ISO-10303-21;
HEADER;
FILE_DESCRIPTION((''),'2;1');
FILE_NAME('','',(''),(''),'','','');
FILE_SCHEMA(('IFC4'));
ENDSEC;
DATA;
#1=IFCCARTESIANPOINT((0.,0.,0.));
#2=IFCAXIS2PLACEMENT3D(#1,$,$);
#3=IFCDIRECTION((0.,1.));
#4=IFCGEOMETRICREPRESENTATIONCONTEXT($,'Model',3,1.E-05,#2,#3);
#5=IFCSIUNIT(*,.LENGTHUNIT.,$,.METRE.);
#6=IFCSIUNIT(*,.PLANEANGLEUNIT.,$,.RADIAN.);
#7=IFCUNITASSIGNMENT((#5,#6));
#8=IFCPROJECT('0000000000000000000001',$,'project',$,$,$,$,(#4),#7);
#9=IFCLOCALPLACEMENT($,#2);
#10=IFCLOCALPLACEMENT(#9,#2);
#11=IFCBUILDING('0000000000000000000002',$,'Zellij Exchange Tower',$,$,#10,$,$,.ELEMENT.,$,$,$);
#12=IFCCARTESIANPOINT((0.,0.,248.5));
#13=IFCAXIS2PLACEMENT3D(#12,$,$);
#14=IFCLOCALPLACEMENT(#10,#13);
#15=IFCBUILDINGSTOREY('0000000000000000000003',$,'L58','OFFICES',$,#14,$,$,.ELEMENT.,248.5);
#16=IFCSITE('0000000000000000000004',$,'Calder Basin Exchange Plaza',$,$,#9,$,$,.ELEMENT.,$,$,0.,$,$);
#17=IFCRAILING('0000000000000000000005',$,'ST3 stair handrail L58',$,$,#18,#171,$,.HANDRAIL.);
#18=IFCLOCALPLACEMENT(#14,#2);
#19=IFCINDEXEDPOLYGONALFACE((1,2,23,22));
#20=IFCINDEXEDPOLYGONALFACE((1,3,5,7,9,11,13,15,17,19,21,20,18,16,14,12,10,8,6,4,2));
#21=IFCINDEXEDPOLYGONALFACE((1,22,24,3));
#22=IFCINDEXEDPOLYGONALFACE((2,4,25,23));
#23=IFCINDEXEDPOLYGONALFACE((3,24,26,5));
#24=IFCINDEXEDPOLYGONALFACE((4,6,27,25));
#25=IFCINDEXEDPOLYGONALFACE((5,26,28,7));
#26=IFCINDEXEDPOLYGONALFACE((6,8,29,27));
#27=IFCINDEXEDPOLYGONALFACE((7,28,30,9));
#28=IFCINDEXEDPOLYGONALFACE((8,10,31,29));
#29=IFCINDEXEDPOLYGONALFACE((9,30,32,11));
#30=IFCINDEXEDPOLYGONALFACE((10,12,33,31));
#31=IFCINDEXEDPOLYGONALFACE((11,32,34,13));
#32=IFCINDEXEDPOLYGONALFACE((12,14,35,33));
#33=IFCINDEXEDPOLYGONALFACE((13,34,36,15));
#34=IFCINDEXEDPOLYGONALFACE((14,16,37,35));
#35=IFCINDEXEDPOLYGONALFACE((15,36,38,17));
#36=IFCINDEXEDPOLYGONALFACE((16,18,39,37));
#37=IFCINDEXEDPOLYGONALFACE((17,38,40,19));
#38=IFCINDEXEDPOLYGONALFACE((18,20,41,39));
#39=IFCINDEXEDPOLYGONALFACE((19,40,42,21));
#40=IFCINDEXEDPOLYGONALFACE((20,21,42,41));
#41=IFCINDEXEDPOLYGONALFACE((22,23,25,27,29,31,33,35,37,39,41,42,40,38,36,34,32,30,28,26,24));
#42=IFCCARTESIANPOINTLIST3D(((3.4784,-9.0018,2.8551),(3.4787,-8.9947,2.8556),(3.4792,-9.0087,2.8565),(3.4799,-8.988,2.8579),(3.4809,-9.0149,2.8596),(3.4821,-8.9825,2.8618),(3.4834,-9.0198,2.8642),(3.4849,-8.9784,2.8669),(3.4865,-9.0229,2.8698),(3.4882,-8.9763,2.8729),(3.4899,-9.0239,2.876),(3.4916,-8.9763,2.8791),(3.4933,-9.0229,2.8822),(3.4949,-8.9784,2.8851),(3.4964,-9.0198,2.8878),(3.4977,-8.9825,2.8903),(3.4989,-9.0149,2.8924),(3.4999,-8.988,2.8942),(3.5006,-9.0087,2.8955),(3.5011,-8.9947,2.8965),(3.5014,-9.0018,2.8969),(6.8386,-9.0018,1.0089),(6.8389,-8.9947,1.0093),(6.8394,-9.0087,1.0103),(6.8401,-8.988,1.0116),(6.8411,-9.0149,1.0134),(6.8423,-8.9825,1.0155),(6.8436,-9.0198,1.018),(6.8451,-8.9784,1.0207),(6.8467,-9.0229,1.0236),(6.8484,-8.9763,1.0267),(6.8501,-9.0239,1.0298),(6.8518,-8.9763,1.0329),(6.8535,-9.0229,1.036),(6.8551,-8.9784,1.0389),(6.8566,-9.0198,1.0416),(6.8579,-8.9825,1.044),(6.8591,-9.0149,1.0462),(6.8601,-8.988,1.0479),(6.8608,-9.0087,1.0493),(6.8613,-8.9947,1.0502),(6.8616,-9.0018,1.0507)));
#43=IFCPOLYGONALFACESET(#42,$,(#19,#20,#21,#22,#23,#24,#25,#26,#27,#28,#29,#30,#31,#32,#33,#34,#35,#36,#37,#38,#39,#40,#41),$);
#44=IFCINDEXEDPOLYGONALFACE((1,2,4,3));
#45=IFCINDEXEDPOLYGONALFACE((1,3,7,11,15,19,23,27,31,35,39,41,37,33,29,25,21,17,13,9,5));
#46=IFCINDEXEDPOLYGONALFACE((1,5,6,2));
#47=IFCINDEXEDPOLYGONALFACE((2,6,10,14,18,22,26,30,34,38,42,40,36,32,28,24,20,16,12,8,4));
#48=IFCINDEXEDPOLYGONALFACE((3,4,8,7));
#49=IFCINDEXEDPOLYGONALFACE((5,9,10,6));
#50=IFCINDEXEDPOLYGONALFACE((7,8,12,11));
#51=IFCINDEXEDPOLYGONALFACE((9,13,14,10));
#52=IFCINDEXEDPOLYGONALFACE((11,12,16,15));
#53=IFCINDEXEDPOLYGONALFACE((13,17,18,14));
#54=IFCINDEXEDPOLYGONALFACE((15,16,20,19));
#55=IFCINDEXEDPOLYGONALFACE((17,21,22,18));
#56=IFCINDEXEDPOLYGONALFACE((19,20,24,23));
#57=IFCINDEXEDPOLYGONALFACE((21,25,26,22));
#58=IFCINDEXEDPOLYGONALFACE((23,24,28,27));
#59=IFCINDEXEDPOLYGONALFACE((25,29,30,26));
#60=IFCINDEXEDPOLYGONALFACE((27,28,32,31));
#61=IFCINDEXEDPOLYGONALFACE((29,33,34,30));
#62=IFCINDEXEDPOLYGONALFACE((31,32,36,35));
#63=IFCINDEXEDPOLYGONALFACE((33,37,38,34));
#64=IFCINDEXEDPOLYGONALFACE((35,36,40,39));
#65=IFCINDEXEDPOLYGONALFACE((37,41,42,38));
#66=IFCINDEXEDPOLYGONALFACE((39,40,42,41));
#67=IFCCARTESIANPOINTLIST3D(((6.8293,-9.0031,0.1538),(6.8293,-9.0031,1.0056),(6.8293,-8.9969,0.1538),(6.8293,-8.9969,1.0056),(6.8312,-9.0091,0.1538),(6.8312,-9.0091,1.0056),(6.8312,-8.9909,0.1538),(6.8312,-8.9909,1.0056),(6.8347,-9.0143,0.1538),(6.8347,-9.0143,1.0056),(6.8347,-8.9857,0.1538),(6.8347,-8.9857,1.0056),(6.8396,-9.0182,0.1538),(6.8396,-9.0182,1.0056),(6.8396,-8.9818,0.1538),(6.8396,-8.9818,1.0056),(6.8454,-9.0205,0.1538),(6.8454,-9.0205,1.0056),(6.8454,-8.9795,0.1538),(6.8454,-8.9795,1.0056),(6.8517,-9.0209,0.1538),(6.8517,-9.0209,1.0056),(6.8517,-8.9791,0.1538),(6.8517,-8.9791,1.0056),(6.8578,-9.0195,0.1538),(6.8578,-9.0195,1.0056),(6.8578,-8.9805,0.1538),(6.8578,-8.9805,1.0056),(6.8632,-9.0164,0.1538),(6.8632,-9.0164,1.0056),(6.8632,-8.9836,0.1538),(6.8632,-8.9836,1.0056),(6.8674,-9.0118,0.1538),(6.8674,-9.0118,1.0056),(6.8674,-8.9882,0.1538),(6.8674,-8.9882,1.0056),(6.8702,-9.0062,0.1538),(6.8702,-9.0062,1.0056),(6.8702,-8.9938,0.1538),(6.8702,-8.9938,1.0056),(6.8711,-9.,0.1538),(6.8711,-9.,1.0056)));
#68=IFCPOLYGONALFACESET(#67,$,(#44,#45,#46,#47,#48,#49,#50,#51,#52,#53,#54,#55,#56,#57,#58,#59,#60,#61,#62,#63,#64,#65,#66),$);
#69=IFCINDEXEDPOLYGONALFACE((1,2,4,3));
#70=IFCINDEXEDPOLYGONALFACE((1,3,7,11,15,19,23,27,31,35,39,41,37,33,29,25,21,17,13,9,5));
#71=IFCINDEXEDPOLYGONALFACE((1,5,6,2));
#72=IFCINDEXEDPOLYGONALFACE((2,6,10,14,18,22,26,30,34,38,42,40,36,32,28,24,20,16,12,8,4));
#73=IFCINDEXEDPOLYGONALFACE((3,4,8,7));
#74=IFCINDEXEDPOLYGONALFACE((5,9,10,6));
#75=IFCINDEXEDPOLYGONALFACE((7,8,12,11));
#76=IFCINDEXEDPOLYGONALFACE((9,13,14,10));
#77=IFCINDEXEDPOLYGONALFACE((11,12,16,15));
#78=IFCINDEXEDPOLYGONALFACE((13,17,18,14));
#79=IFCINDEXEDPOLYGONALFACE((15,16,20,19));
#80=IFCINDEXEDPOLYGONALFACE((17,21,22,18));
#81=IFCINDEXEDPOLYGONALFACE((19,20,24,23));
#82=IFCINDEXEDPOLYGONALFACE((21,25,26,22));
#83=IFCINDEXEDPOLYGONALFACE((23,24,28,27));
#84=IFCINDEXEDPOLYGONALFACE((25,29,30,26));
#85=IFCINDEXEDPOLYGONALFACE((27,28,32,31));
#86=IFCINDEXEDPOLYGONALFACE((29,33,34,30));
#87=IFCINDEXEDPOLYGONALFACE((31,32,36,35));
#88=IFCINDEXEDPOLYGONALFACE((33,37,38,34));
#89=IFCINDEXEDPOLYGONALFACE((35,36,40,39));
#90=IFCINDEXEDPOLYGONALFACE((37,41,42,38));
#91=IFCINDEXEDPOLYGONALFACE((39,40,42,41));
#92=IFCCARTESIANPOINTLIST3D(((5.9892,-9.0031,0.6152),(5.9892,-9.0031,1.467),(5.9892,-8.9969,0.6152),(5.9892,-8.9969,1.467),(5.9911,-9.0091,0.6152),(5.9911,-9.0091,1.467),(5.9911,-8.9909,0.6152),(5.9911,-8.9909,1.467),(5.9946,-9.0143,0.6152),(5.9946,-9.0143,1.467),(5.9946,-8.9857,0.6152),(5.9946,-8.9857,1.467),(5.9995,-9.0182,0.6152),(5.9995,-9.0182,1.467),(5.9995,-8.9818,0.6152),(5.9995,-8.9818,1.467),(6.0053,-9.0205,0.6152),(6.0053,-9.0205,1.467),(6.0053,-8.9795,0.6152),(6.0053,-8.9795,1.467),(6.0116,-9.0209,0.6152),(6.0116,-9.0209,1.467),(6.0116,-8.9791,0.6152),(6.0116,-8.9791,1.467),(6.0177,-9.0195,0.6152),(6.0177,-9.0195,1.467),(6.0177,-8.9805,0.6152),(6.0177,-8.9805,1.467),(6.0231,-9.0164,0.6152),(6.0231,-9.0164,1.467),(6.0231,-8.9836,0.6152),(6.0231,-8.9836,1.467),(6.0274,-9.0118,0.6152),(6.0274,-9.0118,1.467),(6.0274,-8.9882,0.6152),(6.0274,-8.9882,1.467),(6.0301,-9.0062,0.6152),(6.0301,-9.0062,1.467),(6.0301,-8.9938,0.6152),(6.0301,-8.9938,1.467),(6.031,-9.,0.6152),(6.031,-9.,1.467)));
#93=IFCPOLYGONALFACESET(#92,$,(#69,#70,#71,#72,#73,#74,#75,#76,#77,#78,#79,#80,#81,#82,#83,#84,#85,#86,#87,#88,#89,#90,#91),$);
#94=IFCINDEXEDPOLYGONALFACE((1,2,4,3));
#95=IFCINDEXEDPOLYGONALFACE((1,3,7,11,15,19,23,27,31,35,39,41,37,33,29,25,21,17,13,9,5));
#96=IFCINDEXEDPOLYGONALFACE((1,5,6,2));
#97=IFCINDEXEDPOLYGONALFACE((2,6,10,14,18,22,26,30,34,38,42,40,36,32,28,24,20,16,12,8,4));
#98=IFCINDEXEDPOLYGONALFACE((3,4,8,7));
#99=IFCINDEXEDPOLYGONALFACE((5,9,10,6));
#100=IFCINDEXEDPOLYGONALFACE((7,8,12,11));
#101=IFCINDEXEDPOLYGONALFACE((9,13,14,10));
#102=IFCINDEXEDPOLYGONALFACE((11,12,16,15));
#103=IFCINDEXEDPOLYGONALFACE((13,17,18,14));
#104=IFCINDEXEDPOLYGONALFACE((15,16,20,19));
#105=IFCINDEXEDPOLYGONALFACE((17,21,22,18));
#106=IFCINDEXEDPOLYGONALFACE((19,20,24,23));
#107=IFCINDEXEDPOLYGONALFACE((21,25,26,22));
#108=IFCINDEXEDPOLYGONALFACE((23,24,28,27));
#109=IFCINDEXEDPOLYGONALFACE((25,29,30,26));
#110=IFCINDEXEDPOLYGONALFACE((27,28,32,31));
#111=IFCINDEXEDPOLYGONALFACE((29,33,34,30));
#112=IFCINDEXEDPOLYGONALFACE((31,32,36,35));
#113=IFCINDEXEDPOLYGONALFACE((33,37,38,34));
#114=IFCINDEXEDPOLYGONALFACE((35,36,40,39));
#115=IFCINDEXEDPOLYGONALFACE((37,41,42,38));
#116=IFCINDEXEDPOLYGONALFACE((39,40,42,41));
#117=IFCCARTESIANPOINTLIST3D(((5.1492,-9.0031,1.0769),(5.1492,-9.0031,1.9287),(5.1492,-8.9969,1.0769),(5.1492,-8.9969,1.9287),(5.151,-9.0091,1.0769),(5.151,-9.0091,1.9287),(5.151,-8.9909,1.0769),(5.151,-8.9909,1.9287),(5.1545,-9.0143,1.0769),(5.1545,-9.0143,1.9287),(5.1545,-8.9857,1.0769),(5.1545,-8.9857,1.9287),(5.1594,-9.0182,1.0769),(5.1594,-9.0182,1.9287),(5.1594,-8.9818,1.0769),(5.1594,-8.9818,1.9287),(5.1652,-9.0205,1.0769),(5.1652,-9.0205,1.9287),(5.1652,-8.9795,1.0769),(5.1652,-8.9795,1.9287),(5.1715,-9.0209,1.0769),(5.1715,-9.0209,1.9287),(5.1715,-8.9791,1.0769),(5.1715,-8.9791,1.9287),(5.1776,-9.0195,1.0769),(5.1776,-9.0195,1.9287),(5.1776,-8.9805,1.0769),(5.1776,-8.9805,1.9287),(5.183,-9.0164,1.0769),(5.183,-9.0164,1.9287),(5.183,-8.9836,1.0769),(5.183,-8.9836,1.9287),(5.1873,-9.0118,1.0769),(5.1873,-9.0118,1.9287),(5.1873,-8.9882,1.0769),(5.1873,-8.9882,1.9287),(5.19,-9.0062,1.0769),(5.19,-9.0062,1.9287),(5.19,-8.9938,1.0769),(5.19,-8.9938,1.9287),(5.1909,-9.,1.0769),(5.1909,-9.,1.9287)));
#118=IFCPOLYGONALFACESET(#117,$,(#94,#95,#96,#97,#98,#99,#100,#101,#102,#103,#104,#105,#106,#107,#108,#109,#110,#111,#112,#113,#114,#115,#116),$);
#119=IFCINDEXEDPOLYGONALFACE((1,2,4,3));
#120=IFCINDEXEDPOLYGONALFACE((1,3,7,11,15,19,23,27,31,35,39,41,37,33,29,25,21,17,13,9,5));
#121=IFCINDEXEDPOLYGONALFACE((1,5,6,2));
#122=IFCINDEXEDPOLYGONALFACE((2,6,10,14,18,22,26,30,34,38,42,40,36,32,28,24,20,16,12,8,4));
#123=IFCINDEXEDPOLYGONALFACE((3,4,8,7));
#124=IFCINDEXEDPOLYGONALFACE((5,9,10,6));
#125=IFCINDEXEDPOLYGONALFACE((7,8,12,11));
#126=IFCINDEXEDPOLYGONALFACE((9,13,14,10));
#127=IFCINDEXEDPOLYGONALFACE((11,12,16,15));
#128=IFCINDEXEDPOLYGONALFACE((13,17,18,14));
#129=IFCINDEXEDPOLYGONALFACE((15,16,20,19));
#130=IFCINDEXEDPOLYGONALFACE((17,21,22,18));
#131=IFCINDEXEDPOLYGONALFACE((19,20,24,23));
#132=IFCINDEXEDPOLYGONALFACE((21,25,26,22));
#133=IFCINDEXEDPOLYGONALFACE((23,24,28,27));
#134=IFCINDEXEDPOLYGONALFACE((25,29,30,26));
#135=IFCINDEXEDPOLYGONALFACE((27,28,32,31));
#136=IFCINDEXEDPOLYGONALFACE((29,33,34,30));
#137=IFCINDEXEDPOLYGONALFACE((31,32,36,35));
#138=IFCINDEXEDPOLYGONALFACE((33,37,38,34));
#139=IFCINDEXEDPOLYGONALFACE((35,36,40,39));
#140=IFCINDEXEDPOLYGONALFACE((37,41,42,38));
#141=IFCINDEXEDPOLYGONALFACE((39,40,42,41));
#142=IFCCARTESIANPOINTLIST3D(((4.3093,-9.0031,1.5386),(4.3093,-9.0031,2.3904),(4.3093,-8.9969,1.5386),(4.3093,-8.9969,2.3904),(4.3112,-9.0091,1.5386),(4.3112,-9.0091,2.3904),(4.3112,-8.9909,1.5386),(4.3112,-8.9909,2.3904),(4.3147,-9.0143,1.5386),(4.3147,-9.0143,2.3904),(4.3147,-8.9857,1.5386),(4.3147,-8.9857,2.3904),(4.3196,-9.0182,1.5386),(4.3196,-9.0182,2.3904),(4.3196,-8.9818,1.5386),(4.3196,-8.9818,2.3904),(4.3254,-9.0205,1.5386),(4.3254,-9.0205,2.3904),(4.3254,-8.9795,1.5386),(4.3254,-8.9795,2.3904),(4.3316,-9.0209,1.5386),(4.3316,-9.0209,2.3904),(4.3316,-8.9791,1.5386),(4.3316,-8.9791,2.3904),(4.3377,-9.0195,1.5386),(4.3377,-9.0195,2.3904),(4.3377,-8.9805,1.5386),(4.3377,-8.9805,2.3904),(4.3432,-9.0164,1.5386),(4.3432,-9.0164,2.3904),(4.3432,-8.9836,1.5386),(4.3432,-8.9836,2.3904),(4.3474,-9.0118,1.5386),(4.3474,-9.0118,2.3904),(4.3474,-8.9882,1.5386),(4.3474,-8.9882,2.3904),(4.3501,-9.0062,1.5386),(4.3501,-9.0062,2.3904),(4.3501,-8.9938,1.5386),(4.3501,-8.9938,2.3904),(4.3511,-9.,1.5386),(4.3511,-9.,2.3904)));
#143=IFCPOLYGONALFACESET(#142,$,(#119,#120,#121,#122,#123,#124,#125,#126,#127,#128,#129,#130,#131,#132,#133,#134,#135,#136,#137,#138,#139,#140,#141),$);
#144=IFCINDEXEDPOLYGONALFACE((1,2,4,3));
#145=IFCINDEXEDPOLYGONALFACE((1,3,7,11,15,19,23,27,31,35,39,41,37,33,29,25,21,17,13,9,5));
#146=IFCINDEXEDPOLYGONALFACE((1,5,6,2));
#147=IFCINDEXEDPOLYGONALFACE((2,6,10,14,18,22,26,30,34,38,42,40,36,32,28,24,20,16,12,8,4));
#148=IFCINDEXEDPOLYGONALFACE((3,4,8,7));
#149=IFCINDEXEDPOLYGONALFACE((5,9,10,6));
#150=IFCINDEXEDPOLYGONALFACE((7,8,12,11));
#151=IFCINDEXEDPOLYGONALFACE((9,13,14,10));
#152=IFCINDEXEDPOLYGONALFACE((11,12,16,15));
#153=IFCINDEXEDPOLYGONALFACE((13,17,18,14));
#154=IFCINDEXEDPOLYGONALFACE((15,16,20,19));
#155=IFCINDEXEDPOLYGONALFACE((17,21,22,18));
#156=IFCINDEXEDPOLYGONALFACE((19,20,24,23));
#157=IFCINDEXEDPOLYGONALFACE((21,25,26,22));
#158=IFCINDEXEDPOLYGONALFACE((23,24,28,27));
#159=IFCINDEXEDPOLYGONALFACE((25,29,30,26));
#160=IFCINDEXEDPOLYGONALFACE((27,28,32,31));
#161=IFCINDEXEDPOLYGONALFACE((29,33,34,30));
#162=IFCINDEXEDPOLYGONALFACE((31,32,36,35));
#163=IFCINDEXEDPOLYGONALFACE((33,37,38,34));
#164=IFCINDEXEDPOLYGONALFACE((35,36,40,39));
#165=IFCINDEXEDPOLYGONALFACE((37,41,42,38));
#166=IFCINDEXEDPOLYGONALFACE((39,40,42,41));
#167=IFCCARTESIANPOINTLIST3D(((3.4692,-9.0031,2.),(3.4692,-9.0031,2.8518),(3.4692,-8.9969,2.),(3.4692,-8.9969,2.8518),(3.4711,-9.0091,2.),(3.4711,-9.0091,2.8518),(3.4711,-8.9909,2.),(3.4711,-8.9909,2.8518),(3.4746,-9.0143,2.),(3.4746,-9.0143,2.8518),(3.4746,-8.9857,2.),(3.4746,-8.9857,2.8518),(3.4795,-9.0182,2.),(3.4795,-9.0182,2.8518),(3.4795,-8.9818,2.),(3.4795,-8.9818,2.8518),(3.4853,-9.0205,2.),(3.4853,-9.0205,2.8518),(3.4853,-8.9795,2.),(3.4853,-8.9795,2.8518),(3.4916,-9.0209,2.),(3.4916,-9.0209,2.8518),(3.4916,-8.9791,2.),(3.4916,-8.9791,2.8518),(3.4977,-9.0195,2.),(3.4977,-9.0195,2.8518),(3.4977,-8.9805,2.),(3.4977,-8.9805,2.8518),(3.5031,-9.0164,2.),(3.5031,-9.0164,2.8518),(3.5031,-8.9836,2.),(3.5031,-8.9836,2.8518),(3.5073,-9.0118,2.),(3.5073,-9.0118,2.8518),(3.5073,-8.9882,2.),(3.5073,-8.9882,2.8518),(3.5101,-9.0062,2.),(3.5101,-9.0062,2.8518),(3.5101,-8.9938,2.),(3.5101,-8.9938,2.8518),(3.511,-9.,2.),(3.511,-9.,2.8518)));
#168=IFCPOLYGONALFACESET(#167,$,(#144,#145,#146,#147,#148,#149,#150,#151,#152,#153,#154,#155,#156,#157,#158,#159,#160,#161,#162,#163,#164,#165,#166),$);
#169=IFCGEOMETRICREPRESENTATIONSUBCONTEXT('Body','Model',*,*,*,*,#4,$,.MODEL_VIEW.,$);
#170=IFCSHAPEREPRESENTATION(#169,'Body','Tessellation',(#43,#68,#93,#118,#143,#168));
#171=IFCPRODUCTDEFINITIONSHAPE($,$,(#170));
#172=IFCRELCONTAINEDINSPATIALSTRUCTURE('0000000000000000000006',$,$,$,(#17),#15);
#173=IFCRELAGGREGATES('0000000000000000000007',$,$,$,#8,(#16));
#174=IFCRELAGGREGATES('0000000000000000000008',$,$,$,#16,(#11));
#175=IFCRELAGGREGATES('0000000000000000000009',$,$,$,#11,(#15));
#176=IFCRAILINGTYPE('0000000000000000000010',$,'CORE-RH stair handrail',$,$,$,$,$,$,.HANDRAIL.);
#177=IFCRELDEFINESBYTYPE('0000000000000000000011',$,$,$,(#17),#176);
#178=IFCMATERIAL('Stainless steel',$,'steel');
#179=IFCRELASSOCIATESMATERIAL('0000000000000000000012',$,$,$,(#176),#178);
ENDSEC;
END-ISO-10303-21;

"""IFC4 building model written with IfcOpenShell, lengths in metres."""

from ifc_helpers import new_model, si_unit, direction, frame, origin, origin_2d, place, context, subcontext, project, spatial, circle, extrude, material, type_object, element, save


model = new_model("IFC4")

# Units and contexts
model_context = context("Model", 3, precision=1e-05, world=origin(), true_north=direction((0.0, 1.0)))
body_context = subcontext(model_context, "Body", "Model", "MODEL_VIEW")
ifc_project = project(units=[si_unit("LENGTHUNIT", "METRE"), si_unit("PLANEANGLEUNIT", "RADIAN")], contexts=[model_context])

# Site, building, storey
site_placement = place(None, origin())
site = spatial("IfcSite", under=ifc_project, at=site_placement, Name="Calder Basin Exchange Plaza", CompositionType="ELEMENT", RefElevation=0.0)
building_placement = place(site_placement, origin())
building = spatial("IfcBuilding", under=site, at=building_placement, Name="Zellij Exchange Tower", CompositionType="ELEMENT")
storey_placement = place(building_placement, frame((0.0, 0.0, 248.5)))
storey = spatial("IfcBuildingStorey", under=building, at=storey_placement, Name="L58", Description="OFFICES", CompositionType="ELEMENT", Elevation=248.5)

# Railing
ifc_material_1 = material(Name="Stainless steel", Category="steel")
railing_type_1 = type_object("IfcRailingType", Name="CORE-RH stair handrail", PredefinedType="HANDRAIL", material=ifc_material_1)
railing_1_placement = place(storey_placement, frame((6.8501, -9.0, 0.1538)))
element("IfcRailing", 1, at=railing_1_placement, inside=storey, type_object=railing_type_1, Name="ST3 stair handrail L58", PredefinedType="HANDRAIL", context=body_context, shape_type="SweptSolid", body=[
    extrude(circle(Radius=0.0239, at=origin_2d()), frame((0.0, 0.0, 0.876), z_axis=(-0.876422, 0.0, 0.481545), x_axis=(0.0, -1.0, 0.0)), (0.0, 0.0, 1.0), 3.834),
    extrude(circle(Radius=0.021, at=origin_2d()), origin(), (0.0, 0.0, 1.0), 0.8518),
    extrude(circle(Radius=0.021, at=origin_2d()), frame((-0.8401, 0.0, 0.4614)), (0.0, 0.0, 1.0), 0.8518),
    extrude(circle(Radius=0.021, at=origin_2d()), frame((-1.6802, 0.0, 0.9231)), (0.0, 0.0, 1.0), 0.8518),
    extrude(circle(Radius=0.021, at=origin_2d()), frame((-2.52, 0.0, 1.3848)), (0.0, 0.0, 1.0), 0.8518),
    extrude(circle(Radius=0.021, at=origin_2d()), frame((-3.3601, 0.0, 1.8462)), (0.0, 0.0, 1.0), 0.8518),
])

save(model, "model.ifc")
